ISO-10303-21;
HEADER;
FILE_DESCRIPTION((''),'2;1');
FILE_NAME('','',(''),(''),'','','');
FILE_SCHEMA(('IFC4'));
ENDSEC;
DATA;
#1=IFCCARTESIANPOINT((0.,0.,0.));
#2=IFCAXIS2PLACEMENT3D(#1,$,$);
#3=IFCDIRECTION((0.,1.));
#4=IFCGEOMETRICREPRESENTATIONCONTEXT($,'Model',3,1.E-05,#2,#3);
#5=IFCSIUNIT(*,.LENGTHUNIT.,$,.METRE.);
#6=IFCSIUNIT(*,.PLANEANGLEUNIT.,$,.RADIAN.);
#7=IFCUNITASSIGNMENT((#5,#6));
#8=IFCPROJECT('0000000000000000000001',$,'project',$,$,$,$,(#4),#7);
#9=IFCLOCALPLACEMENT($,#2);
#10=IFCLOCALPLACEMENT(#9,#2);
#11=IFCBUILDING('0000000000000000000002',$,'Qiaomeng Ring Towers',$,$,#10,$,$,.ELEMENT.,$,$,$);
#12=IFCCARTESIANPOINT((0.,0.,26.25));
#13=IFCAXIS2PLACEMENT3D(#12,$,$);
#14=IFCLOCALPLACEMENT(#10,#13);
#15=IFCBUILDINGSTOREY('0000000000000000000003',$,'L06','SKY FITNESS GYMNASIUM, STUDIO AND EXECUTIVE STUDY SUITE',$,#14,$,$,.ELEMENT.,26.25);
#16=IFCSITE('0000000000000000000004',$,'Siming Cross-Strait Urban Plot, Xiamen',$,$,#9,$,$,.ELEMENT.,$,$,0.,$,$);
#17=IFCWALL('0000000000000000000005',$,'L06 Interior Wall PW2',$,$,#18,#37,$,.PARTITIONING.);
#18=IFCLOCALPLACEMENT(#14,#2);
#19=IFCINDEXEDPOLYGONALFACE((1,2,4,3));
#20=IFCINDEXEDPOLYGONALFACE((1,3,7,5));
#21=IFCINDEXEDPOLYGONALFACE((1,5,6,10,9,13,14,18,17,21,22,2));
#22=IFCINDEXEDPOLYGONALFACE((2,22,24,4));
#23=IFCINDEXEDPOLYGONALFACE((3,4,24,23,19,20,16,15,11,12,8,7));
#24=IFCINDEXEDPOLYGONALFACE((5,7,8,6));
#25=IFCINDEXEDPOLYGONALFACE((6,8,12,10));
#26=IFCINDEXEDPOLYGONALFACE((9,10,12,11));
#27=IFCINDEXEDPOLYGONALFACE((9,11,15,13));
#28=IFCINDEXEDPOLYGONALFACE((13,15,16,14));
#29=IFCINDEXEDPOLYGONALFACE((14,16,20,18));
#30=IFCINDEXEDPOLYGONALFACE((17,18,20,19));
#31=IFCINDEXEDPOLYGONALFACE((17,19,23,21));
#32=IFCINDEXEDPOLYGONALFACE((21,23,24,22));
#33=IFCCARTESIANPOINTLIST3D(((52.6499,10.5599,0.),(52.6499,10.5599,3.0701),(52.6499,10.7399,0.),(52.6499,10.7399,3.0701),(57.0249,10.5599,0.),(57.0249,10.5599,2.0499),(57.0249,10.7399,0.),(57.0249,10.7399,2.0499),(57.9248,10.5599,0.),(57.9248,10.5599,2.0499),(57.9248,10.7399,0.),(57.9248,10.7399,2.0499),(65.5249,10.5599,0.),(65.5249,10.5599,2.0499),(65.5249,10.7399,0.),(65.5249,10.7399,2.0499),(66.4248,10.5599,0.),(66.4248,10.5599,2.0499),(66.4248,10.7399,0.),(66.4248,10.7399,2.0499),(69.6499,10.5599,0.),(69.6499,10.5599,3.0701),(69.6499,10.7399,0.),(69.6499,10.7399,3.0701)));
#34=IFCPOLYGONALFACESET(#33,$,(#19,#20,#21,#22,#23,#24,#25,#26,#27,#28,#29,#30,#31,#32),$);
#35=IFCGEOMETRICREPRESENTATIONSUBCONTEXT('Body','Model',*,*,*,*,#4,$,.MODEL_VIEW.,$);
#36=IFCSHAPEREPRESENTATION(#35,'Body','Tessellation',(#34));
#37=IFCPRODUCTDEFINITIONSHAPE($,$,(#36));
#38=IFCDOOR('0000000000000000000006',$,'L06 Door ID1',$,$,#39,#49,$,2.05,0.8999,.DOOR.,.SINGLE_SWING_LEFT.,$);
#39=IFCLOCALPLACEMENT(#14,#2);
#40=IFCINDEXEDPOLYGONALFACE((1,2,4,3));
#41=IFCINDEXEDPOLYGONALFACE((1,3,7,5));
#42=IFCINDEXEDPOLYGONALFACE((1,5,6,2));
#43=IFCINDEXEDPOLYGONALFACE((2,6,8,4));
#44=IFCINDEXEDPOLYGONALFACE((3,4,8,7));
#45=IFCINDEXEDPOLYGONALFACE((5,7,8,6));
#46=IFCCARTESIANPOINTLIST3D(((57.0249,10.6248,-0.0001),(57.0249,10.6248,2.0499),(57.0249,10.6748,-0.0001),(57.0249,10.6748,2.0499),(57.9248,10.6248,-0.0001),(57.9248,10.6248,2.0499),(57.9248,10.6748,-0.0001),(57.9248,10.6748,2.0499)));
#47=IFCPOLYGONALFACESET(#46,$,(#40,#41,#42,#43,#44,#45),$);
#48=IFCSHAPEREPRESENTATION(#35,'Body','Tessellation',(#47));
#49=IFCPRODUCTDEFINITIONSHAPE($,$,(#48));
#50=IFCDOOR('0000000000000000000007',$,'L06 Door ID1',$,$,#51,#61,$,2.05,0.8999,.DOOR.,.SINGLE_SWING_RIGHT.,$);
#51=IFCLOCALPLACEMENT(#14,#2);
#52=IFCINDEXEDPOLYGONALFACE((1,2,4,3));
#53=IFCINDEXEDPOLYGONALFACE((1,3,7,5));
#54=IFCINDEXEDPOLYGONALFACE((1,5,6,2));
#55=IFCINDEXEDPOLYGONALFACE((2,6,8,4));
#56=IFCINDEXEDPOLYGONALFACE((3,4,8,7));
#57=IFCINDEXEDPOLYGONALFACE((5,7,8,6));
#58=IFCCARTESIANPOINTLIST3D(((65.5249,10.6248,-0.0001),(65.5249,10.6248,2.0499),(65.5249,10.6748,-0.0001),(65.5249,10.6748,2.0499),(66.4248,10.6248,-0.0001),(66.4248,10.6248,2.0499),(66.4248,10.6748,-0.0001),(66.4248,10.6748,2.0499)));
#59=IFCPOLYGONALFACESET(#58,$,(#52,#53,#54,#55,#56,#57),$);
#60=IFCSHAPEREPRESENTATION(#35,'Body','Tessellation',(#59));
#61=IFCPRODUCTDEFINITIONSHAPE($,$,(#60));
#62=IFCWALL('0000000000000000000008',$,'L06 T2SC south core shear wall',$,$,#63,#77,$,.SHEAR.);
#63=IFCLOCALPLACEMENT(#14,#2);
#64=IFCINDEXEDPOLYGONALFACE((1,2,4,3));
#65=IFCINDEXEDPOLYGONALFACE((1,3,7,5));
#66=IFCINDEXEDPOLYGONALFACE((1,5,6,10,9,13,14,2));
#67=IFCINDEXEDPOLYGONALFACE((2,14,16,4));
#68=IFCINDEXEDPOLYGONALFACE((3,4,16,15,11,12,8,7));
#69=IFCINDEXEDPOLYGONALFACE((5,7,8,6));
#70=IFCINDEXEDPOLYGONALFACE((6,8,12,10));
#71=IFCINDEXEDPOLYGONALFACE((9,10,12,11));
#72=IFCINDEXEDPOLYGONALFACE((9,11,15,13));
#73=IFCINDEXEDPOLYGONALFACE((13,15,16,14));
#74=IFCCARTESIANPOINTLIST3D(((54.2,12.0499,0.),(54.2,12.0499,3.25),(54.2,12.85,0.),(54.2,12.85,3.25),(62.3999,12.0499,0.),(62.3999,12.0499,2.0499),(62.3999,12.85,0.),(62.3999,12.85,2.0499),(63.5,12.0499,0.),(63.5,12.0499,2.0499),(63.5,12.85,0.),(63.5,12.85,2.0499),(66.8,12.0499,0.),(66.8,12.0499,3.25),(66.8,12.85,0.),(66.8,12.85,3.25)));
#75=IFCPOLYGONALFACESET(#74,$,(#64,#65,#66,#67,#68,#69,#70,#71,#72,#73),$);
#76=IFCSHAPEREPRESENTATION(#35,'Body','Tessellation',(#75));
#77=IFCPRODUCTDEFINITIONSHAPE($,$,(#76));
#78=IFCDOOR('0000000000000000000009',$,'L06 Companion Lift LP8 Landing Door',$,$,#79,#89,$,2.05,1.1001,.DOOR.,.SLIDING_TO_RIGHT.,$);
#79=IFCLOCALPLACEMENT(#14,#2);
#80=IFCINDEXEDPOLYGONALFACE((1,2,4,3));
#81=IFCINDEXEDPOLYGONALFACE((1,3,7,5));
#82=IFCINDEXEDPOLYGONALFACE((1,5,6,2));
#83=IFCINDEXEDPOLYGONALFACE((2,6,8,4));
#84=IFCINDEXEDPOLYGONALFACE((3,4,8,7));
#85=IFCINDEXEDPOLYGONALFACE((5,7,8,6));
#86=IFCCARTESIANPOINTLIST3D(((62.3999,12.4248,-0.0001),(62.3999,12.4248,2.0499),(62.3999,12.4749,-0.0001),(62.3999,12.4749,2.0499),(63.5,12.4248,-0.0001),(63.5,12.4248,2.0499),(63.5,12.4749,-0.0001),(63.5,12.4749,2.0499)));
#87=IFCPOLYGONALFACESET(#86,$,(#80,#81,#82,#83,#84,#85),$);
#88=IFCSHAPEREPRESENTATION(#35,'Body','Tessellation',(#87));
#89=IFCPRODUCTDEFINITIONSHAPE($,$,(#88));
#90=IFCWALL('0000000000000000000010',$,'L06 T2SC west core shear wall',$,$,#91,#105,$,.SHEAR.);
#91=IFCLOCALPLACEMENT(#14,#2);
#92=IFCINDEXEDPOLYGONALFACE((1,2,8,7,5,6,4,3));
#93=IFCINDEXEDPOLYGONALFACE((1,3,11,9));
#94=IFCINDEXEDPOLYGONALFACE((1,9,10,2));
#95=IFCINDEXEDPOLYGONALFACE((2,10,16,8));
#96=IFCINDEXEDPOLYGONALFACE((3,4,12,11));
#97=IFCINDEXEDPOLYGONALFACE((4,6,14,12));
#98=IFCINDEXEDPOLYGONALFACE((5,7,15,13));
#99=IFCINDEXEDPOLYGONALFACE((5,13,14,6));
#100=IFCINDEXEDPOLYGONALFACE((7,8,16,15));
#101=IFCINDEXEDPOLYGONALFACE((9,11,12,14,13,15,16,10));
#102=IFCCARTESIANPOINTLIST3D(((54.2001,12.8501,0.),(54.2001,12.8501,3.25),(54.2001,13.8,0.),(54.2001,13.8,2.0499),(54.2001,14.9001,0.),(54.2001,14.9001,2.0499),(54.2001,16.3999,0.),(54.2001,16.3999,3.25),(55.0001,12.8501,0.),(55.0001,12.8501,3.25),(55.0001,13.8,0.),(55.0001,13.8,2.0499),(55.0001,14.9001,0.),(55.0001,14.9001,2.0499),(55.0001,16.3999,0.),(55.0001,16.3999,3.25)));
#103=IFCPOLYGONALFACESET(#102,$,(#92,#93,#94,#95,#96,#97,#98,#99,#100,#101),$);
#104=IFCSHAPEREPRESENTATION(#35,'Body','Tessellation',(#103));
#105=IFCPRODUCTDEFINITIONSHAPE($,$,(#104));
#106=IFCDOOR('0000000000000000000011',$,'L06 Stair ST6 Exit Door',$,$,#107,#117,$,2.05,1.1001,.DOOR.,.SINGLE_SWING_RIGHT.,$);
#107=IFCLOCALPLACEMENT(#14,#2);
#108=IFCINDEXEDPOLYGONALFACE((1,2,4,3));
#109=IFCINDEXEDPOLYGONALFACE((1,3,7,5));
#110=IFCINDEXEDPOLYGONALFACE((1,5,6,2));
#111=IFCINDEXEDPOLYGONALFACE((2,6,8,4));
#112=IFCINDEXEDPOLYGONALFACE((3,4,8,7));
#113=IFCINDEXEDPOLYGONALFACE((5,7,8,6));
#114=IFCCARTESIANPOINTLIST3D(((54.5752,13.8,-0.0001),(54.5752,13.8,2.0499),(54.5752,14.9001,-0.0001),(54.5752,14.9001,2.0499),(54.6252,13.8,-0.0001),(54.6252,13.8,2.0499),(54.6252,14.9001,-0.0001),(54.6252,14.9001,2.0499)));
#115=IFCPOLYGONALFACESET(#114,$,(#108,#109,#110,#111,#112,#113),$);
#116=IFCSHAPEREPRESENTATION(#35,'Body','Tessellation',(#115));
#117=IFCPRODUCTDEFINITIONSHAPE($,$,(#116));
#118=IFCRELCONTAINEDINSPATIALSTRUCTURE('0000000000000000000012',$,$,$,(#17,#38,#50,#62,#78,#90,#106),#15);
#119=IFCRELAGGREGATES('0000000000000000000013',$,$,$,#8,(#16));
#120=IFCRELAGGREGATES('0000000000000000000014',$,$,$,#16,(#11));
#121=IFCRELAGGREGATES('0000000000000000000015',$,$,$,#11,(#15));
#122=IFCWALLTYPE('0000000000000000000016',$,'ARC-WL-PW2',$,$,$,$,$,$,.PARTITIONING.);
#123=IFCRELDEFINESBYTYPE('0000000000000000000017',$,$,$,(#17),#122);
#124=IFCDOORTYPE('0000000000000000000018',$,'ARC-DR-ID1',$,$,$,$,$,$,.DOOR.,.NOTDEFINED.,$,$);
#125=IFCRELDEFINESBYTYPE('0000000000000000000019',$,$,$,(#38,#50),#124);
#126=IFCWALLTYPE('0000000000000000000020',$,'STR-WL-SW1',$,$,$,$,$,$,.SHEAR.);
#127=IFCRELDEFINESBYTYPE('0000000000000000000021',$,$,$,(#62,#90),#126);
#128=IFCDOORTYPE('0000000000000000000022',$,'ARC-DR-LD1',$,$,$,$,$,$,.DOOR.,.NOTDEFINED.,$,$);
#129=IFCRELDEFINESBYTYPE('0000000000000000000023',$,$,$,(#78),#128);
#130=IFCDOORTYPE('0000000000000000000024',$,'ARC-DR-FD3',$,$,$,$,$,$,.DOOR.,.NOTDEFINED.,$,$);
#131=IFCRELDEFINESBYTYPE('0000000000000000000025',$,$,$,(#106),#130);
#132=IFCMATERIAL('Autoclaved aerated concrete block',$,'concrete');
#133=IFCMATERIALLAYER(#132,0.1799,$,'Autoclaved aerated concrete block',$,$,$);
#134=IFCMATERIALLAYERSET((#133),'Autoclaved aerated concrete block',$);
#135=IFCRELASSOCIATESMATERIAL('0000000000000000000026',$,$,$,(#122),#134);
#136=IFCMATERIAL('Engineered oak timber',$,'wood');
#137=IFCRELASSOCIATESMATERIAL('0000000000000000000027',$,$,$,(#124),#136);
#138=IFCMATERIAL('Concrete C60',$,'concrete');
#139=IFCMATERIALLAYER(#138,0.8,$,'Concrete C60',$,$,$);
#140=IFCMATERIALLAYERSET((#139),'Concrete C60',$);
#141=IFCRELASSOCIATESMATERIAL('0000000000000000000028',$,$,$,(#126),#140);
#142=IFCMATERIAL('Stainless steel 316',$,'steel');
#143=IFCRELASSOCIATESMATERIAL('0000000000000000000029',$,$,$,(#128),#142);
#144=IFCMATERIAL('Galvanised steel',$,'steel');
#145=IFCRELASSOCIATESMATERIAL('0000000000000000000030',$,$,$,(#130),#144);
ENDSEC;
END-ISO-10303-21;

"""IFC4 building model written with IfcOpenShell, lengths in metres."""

from ifc_helpers import new_model, si_unit, direction, frame, frame_2d, origin, place, context, subcontext, project, spatial, rectangle, extrude, source, transform, mapped, material, layer, layer_set, type_object, element, fill, save


model = new_model("IFC4")

# Units and contexts
model_context = context("Model", 3, precision=1e-05, world=origin(), true_north=direction((0.0, 1.0)))
body_context = subcontext(model_context, "Body", "Model", "MODEL_VIEW")
ifc_project = project(units=[si_unit("LENGTHUNIT", "METRE"), si_unit("PLANEANGLEUNIT", "RADIAN")], contexts=[model_context])

# Site, building, storey
site_placement = place(None, origin())
site = spatial("IfcSite", under=ifc_project, at=site_placement, Name="Siming Cross-Strait Urban Plot, Xiamen", CompositionType="ELEMENT", RefElevation=0.0)
building_placement = place(site_placement, origin())
building = spatial("IfcBuilding", under=site, at=building_placement, Name="Qiaomeng Ring Towers", CompositionType="ELEMENT")
storey_placement = place(building_placement, frame((0.0, 0.0, 26.25)))
storey = spatial("IfcBuildingStorey", under=building, at=storey_placement, Name="L06", Description="SKY FITNESS GYMNASIUM, STUDIO AND EXECUTIVE STUDY SUITE", CompositionType="ELEMENT", Elevation=26.25)

# Shared definitions
ifc_material_1 = material(Name="Concrete C60", Category="concrete")

# Wall, openings, doors
ifc_material_2 = material(Name="Autoclaved aerated concrete block", Category="concrete")
ifc_layer_1 = layer(ifc_material_2, 0.1799, Name="Autoclaved aerated concrete block")
ifc_layer_set_1 = layer_set([ifc_layer_1], Name="Autoclaved aerated concrete block")
wall_type_1 = type_object("IfcWallType", Name="ARC-WL-PW2", PredefinedType="PARTITIONING", material=ifc_layer_set_1)
ifc_material_3 = material(Name="Engineered oak timber", Category="wood")
door_type_1 = type_object("IfcDoorType", Name="ARC-DR-ID1", OperationType="NOTDEFINED", PredefinedType="DOOR", material=ifc_material_3)
shared_shape_1 = source(origin(), body_context, "Body", "SweptSolid", [
    extrude(rectangle(XDim=0.8999, YDim=2.05, at=frame_2d((0.45, 1.0249))), frame((0.0, 0.0249, 0.0), z_axis=(0.0, -1.0, 0.0), x_axis=(1.0, 0.0, 0.0)), (0.0, 0.0, 1.0), 0.05),
])
wall_1_placement = place(storey_placement, frame((52.6499, 10.6499, 0.0), z_axis=(0.0, 0.0, 1.0), x_axis=(1.0, 0.0, 0.0)))
wall_1 = element("IfcWall", 1, at=wall_1_placement, inside=storey, type_object=wall_type_1, Name="L06 Interior Wall PW2", PredefinedType="PARTITIONING", context=body_context, shape_type="SweptSolid", body=[
    extrude(rectangle(XDim=17.0, YDim=0.1799, at=frame_2d((8.5, 0.0))), origin(), (0.0, 0.0, 1.0), 3.0701),
])
opening_1_placement = place(wall_1_placement, frame((4.375, 0.0, 0.0)))
opening_1 = element("IfcOpeningElement", 2, at=opening_1_placement, cuts=wall_1, PredefinedType="OPENING", context=body_context, shape_type="SweptSolid", body=[
    extrude(rectangle(XDim=0.8999, YDim=2.05, at=frame_2d((0.45, 1.0249))), frame((0.0, 0.0999, 0.0), z_axis=(0.0, -1.0, 0.0), x_axis=(1.0, 0.0, 0.0)), (0.0, 0.0, 1.0), 0.2),
])
opening_2_placement = place(wall_1_placement, frame((12.875, 0.0, 0.0)))
opening_2 = element("IfcOpeningElement", 3, at=opening_2_placement, cuts=wall_1, PredefinedType="OPENING", context=body_context, shape_type="SweptSolid", body=[
    extrude(rectangle(XDim=0.8999, YDim=2.05, at=frame_2d((0.45, 1.0249))), frame((0.0, 0.0999, 0.0), z_axis=(0.0, -1.0, 0.0), x_axis=(1.0, 0.0, 0.0)), (0.0, 0.0, 1.0), 0.2),
])
door_1_placement = place(opening_1_placement, origin())
door_1 = element("IfcDoor", 4, at=door_1_placement, inside=storey, type_object=door_type_1, Name="L06 Door ID1", OperationType="SINGLE_SWING_LEFT", OverallHeight=2.05, OverallWidth=0.8999, PredefinedType="DOOR", context=body_context, shape_type="MappedRepresentation", body=[
    mapped(shared_shape_1, transform((0.0, 0.0, 0.0), x_axis=(1.0, 0.0, 0.0), y_axis=(0.0, 1.0, 0.0), z_axis=(0.0, 0.0, 1.0), scale=1.0)),
])
fill(opening_1, door_1)
door_2_placement = place(opening_2_placement, origin())
door_2 = element("IfcDoor", 5, at=door_2_placement, inside=storey, type_object=door_type_1, Name="L06 Door ID1", OperationType="SINGLE_SWING_RIGHT", OverallHeight=2.05, OverallWidth=0.8999, PredefinedType="DOOR", context=body_context, shape_type="MappedRepresentation", body=[
    mapped(shared_shape_1, transform((0.0, 0.0, 0.0), x_axis=(1.0, 0.0, 0.0), y_axis=(0.0, 1.0, 0.0), z_axis=(0.0, 0.0, 1.0), scale=1.0)),
])
fill(opening_2, door_2)

# Walls, openings, doors
ifc_layer_2 = layer(ifc_material_1, 0.8, Name="Concrete C60")
ifc_layer_set_2 = layer_set([ifc_layer_2], Name="Concrete C60")
wall_type_2 = type_object("IfcWallType", Name="STR-WL-SW1", PredefinedType="SHEAR", material=ifc_layer_set_2)
wall_2_placement = place(storey_placement, frame((54.2, 12.45, 0.0), z_axis=(0.0, 0.0, 1.0), x_axis=(1.0, 0.0, 0.0)))
wall_2 = element("IfcWall", 6, at=wall_2_placement, inside=storey, type_object=wall_type_2, Name="L06 T2SC south core shear wall", PredefinedType="SHEAR", context=body_context, shape_type="SweptSolid", body=[
    extrude(rectangle(XDim=12.6001, YDim=0.8, at=frame_2d((6.3, 0.0))), origin(), (0.0, 0.0, 1.0), 3.25),
])
opening_3_placement = place(wall_2_placement, frame((8.2, 0.0, 0.0)))
opening_3 = element("IfcOpeningElement", 7, at=opening_3_placement, cuts=wall_2, PredefinedType="OPENING", context=body_context, shape_type="SweptSolid", body=[
    extrude(rectangle(XDim=1.1001, YDim=2.05, at=frame_2d((0.55, 1.0249))), frame((0.0, 0.4099, 0.0), z_axis=(0.0, -1.0, 0.0), x_axis=(1.0, 0.0, 0.0)), (0.0, 0.0, 1.0), 0.8201),
])
ifc_material_4 = material(Name="Stainless steel 316", Category="steel")
door_type_2 = type_object("IfcDoorType", Name="ARC-DR-LD1", OperationType="NOTDEFINED", PredefinedType="DOOR", material=ifc_material_4)
shared_shape_2 = source(origin(), body_context, "Body", "SweptSolid", [
    extrude(rectangle(XDim=1.1001, YDim=2.05, at=frame_2d((0.55, 1.0249))), frame((0.0, 0.0249, 0.0), z_axis=(0.0, -1.0, 0.0), x_axis=(1.0, 0.0, 0.0)), (0.0, 0.0, 1.0), 0.05),
])
door_3_placement = place(opening_3_placement, origin())
door_3 = element("IfcDoor", 8, at=door_3_placement, inside=storey, type_object=door_type_2, Name="L06 Companion Lift LP8 Landing Door", OperationType="SLIDING_TO_RIGHT", OverallHeight=2.05, OverallWidth=1.1001, PredefinedType="DOOR", context=body_context, shape_type="MappedRepresentation", body=[
    mapped(shared_shape_2, transform((0.0, 0.0, 0.0), x_axis=(1.0, 0.0, 0.0), y_axis=(0.0, 1.0, 0.0), z_axis=(0.0, 0.0, 1.0), scale=1.0)),
])
fill(opening_3, door_3)
wall_3_placement = place(storey_placement, frame((54.6001, 12.8501, 0.0), z_axis=(0.0, 0.0, 1.0), x_axis=(0.0, 1.0, 0.0)))
wall_3 = element("IfcWall", 9, at=wall_3_placement, inside=storey, type_object=wall_type_2, Name="L06 T2SC west core shear wall", PredefinedType="SHEAR", context=body_context, shape_type="SweptSolid", body=[
    extrude(rectangle(XDim=3.5498, YDim=0.8, at=frame_2d((1.7749, 0.0))), origin(), (0.0, 0.0, 1.0), 3.25),
])
opening_4_placement = place(wall_3_placement, frame((0.95, 0.0, 0.0)))
opening_4 = element("IfcOpeningElement", 10, at=opening_4_placement, cuts=wall_3, PredefinedType="OPENING", context=body_context, shape_type="SweptSolid", body=[
    extrude(rectangle(XDim=1.1001, YDim=2.05, at=frame_2d((0.55, 1.0249))), frame((0.0, 0.4099, 0.0), z_axis=(0.0, -1.0, 0.0), x_axis=(1.0, 0.0, 0.0)), (0.0, 0.0, 1.0), 0.8201),
])
ifc_material_5 = material(Name="Galvanised steel", Category="steel")
door_type_3 = type_object("IfcDoorType", Name="ARC-DR-FD3", OperationType="NOTDEFINED", PredefinedType="DOOR", material=ifc_material_5)
door_4_placement = place(opening_4_placement, origin())
door_4 = element("IfcDoor", 11, at=door_4_placement, inside=storey, type_object=door_type_3, Name="L06 Stair ST6 Exit Door", OperationType="SINGLE_SWING_RIGHT", OverallHeight=2.05, OverallWidth=1.1001, PredefinedType="DOOR", context=body_context, shape_type="MappedRepresentation", body=[
    mapped(shared_shape_2, transform((0.0, 0.0, 0.0), x_axis=(1.0, 0.0, 0.0), y_axis=(0.0, 1.0, 0.0), z_axis=(0.0, 0.0, 1.0), scale=1.0)),
])
fill(opening_4, door_4)

save(model, "model.ifc")
